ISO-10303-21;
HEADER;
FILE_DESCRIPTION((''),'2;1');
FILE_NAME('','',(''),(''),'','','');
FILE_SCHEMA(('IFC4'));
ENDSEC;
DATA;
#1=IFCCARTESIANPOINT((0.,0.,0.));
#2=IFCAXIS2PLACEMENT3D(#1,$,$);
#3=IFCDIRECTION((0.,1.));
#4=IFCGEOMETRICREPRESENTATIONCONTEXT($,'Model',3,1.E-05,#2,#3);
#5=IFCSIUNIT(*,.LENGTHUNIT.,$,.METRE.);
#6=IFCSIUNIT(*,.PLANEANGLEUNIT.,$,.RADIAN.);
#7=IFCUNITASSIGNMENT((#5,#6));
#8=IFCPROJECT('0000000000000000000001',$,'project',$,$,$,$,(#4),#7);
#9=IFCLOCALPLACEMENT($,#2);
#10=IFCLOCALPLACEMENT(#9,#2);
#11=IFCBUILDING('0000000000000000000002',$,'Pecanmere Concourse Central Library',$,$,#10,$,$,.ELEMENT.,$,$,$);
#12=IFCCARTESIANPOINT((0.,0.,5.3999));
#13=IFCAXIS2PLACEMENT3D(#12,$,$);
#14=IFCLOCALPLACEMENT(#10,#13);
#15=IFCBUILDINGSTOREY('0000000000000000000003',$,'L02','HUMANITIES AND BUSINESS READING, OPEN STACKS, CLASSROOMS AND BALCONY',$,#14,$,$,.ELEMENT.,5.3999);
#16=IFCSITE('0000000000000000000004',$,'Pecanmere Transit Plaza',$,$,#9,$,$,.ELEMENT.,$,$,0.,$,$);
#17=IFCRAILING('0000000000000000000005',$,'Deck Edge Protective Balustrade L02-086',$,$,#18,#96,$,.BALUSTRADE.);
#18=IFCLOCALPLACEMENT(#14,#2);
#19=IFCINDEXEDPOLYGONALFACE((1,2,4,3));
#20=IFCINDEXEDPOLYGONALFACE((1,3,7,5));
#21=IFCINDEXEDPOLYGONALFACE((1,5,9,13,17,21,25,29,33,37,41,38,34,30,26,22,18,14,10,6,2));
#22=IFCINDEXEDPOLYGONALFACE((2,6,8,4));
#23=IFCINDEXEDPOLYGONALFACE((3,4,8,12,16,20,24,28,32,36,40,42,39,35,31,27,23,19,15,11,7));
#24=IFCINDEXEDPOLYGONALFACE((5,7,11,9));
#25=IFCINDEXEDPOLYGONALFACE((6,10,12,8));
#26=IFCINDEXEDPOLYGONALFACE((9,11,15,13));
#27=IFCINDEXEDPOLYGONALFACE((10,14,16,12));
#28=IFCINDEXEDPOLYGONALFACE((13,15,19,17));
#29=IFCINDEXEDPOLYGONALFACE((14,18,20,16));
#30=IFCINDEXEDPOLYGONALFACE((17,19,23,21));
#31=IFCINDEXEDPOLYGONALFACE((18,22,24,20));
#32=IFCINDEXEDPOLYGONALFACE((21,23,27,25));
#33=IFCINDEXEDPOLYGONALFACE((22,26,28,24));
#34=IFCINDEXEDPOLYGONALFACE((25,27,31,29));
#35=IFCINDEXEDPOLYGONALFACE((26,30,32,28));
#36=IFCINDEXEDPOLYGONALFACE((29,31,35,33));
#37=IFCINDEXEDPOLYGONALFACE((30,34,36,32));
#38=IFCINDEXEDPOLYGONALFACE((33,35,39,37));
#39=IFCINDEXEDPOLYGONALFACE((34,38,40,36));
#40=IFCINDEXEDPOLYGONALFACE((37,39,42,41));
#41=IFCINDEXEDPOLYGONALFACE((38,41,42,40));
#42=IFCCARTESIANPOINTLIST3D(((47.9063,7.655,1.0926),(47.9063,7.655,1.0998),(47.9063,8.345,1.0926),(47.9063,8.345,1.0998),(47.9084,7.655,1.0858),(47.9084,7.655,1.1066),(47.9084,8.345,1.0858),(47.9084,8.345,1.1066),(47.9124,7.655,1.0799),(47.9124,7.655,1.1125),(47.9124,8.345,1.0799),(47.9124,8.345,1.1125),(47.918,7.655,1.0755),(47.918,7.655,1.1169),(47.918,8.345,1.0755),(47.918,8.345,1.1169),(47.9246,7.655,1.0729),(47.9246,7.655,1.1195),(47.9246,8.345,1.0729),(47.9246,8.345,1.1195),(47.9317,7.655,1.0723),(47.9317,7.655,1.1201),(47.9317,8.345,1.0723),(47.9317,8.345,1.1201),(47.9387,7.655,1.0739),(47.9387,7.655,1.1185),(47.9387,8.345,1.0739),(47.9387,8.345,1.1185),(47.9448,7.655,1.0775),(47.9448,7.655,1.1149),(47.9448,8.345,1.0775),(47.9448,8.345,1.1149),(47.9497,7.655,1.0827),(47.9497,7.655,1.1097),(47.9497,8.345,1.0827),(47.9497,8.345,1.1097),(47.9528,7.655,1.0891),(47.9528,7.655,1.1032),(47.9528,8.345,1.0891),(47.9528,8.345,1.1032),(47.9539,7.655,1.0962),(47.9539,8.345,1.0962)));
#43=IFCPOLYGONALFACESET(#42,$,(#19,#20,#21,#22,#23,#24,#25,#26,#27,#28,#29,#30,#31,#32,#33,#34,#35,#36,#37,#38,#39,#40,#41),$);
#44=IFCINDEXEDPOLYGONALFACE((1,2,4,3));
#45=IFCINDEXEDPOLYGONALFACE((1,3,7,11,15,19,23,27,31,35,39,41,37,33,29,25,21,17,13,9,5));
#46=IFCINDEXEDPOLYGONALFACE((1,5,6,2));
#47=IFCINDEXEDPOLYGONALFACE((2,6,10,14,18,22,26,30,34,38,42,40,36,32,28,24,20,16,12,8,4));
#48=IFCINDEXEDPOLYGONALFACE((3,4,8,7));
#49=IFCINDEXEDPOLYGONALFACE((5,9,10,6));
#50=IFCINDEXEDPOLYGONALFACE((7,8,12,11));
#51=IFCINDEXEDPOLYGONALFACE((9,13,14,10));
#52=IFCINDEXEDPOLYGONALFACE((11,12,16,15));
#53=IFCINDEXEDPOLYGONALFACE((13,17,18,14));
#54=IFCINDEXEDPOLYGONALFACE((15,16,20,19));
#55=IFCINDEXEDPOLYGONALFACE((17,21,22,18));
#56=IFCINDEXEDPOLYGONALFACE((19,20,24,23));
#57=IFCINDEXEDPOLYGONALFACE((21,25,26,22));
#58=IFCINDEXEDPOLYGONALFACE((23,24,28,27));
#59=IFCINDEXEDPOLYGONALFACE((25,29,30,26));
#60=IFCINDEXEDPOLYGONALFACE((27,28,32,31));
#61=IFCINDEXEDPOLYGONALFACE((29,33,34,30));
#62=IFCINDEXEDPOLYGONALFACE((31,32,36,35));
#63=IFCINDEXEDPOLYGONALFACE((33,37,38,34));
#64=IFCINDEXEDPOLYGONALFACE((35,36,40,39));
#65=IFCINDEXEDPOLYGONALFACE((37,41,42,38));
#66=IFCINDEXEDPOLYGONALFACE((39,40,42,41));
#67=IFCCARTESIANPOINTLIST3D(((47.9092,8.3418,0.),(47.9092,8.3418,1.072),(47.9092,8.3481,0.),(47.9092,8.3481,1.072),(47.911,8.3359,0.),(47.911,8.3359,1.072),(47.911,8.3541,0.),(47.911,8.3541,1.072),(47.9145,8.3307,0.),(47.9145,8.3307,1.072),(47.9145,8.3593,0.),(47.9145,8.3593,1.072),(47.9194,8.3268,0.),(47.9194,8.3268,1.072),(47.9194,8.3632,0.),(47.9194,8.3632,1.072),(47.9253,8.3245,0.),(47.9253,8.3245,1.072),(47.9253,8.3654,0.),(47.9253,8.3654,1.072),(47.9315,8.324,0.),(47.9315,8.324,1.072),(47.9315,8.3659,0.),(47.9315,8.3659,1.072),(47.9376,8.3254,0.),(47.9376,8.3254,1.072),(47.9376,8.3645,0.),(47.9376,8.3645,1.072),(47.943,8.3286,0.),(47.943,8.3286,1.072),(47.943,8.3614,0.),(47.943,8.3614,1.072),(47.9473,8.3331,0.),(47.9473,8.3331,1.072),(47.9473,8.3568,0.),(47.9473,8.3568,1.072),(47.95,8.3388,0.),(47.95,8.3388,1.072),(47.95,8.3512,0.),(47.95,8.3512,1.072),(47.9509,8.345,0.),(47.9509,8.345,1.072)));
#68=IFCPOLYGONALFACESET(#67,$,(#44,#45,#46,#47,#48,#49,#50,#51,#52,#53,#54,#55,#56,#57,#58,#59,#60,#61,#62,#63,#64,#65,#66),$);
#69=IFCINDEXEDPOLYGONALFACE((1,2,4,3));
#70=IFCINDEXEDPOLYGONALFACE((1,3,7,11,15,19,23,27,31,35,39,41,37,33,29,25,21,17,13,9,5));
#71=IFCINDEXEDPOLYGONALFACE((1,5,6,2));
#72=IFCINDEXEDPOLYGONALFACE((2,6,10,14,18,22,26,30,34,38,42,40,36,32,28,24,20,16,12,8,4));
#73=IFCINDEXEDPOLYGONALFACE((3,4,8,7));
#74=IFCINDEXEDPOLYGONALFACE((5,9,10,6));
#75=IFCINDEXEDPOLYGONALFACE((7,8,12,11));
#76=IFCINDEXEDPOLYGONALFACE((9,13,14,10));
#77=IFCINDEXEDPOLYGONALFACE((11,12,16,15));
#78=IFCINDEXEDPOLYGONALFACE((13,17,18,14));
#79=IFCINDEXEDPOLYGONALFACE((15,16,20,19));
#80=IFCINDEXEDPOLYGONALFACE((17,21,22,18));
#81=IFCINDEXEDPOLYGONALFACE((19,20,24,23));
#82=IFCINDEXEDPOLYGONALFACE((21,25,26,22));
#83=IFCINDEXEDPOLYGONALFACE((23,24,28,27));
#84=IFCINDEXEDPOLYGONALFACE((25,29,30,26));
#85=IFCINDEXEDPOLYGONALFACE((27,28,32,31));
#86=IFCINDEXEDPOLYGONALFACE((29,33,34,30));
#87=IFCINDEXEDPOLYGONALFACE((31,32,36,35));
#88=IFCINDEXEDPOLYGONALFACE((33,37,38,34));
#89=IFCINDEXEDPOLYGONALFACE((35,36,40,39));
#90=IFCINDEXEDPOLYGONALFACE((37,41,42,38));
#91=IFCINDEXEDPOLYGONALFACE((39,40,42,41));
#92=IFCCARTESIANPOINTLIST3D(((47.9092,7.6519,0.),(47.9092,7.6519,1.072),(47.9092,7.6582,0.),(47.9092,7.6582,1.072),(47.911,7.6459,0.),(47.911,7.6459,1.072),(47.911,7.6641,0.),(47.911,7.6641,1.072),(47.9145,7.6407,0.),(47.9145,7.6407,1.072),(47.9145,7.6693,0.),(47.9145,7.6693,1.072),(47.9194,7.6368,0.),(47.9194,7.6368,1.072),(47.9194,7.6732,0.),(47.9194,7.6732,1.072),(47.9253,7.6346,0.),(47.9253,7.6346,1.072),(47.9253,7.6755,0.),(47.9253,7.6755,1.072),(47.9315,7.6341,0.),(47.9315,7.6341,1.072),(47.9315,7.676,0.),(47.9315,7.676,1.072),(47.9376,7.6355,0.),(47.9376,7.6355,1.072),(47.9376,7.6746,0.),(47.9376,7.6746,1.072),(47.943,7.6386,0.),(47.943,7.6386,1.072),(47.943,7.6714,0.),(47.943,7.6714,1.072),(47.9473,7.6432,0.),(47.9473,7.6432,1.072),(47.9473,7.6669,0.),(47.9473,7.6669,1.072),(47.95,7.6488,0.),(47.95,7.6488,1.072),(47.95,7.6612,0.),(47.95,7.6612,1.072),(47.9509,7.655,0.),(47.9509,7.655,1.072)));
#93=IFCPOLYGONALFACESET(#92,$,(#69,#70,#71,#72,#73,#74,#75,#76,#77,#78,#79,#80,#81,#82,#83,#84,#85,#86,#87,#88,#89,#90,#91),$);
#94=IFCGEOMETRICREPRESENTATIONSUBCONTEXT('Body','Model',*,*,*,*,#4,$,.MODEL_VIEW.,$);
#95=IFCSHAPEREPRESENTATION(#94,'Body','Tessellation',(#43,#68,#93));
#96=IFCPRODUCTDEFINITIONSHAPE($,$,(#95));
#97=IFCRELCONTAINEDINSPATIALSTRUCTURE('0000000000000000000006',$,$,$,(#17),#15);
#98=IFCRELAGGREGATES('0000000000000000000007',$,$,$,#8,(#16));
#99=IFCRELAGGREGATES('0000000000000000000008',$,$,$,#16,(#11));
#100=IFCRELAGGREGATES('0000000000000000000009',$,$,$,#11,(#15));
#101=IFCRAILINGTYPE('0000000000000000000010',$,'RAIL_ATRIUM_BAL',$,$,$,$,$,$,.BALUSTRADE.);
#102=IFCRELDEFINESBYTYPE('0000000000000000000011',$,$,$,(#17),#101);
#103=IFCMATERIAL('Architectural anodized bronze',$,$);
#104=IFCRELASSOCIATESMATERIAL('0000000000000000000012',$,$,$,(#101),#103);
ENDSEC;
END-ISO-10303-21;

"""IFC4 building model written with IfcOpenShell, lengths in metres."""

from ifc_helpers import new_model, si_unit, direction, frame, origin, origin_2d, place, context, subcontext, project, spatial, circle, extrude, material, type_object, element, save


model = new_model("IFC4")

# Units and contexts
model_context = context("Model", 3, precision=1e-05, world=origin(), true_north=direction((0.0, 1.0)))
body_context = subcontext(model_context, "Body", "Model", "MODEL_VIEW")
ifc_project = project(units=[si_unit("LENGTHUNIT", "METRE"), si_unit("PLANEANGLEUNIT", "RADIAN")], contexts=[model_context])

# Site, building, storey
site_placement = place(None, origin())
site = spatial("IfcSite", under=ifc_project, at=site_placement, Name="Pecanmere Transit Plaza", CompositionType="ELEMENT", RefElevation=0.0)
building_placement = place(site_placement, origin())
building = spatial("IfcBuilding", under=site, at=building_placement, Name="Pecanmere Concourse Central Library", CompositionType="ELEMENT")
storey_placement = place(building_placement, frame((0.0, 0.0, 5.3999)))
storey = spatial("IfcBuildingStorey", under=building, at=storey_placement, Name="L02", Description="HUMANITIES AND BUSINESS READING, OPEN STACKS, CLASSROOMS AND BALCONY", CompositionType="ELEMENT", Elevation=5.3999)

# Railing
ifc_material_1 = material(Name="Architectural anodized bronze")
railing_type_1 = type_object("IfcRailingType", Name="RAIL_ATRIUM_BAL", PredefinedType="BALUSTRADE", material=ifc_material_1)
for number, where, name in (
    (1, (47.9299, 8.345, 0.0), "Deck Edge Protective Balustrade L02-086"),
):
    element("IfcRailing", number, at=place(storey_placement, frame(where)), inside=storey, type_object=railing_type_1, Name=name, PredefinedType="BALUSTRADE", context=body_context, shape_type="SweptSolid", body=[
        extrude(circle(Radius=0.0239, at=origin_2d()), frame((0.0, 0.0, 1.0962), z_axis=(0.0, -1.0, 0.0), x_axis=(1.0, 0.0, 0.0)), (0.0, 0.0, 1.0), 0.6899),
        extrude(circle(Radius=0.021, at=origin_2d()), origin(), (0.0, 0.0, 1.0), 1.072),
        extrude(circle(Radius=0.021, at=origin_2d()), frame((0.0, -0.6899, 0.0)), (0.0, 0.0, 1.0), 1.072),
    ])

save(model, "model.ifc")
